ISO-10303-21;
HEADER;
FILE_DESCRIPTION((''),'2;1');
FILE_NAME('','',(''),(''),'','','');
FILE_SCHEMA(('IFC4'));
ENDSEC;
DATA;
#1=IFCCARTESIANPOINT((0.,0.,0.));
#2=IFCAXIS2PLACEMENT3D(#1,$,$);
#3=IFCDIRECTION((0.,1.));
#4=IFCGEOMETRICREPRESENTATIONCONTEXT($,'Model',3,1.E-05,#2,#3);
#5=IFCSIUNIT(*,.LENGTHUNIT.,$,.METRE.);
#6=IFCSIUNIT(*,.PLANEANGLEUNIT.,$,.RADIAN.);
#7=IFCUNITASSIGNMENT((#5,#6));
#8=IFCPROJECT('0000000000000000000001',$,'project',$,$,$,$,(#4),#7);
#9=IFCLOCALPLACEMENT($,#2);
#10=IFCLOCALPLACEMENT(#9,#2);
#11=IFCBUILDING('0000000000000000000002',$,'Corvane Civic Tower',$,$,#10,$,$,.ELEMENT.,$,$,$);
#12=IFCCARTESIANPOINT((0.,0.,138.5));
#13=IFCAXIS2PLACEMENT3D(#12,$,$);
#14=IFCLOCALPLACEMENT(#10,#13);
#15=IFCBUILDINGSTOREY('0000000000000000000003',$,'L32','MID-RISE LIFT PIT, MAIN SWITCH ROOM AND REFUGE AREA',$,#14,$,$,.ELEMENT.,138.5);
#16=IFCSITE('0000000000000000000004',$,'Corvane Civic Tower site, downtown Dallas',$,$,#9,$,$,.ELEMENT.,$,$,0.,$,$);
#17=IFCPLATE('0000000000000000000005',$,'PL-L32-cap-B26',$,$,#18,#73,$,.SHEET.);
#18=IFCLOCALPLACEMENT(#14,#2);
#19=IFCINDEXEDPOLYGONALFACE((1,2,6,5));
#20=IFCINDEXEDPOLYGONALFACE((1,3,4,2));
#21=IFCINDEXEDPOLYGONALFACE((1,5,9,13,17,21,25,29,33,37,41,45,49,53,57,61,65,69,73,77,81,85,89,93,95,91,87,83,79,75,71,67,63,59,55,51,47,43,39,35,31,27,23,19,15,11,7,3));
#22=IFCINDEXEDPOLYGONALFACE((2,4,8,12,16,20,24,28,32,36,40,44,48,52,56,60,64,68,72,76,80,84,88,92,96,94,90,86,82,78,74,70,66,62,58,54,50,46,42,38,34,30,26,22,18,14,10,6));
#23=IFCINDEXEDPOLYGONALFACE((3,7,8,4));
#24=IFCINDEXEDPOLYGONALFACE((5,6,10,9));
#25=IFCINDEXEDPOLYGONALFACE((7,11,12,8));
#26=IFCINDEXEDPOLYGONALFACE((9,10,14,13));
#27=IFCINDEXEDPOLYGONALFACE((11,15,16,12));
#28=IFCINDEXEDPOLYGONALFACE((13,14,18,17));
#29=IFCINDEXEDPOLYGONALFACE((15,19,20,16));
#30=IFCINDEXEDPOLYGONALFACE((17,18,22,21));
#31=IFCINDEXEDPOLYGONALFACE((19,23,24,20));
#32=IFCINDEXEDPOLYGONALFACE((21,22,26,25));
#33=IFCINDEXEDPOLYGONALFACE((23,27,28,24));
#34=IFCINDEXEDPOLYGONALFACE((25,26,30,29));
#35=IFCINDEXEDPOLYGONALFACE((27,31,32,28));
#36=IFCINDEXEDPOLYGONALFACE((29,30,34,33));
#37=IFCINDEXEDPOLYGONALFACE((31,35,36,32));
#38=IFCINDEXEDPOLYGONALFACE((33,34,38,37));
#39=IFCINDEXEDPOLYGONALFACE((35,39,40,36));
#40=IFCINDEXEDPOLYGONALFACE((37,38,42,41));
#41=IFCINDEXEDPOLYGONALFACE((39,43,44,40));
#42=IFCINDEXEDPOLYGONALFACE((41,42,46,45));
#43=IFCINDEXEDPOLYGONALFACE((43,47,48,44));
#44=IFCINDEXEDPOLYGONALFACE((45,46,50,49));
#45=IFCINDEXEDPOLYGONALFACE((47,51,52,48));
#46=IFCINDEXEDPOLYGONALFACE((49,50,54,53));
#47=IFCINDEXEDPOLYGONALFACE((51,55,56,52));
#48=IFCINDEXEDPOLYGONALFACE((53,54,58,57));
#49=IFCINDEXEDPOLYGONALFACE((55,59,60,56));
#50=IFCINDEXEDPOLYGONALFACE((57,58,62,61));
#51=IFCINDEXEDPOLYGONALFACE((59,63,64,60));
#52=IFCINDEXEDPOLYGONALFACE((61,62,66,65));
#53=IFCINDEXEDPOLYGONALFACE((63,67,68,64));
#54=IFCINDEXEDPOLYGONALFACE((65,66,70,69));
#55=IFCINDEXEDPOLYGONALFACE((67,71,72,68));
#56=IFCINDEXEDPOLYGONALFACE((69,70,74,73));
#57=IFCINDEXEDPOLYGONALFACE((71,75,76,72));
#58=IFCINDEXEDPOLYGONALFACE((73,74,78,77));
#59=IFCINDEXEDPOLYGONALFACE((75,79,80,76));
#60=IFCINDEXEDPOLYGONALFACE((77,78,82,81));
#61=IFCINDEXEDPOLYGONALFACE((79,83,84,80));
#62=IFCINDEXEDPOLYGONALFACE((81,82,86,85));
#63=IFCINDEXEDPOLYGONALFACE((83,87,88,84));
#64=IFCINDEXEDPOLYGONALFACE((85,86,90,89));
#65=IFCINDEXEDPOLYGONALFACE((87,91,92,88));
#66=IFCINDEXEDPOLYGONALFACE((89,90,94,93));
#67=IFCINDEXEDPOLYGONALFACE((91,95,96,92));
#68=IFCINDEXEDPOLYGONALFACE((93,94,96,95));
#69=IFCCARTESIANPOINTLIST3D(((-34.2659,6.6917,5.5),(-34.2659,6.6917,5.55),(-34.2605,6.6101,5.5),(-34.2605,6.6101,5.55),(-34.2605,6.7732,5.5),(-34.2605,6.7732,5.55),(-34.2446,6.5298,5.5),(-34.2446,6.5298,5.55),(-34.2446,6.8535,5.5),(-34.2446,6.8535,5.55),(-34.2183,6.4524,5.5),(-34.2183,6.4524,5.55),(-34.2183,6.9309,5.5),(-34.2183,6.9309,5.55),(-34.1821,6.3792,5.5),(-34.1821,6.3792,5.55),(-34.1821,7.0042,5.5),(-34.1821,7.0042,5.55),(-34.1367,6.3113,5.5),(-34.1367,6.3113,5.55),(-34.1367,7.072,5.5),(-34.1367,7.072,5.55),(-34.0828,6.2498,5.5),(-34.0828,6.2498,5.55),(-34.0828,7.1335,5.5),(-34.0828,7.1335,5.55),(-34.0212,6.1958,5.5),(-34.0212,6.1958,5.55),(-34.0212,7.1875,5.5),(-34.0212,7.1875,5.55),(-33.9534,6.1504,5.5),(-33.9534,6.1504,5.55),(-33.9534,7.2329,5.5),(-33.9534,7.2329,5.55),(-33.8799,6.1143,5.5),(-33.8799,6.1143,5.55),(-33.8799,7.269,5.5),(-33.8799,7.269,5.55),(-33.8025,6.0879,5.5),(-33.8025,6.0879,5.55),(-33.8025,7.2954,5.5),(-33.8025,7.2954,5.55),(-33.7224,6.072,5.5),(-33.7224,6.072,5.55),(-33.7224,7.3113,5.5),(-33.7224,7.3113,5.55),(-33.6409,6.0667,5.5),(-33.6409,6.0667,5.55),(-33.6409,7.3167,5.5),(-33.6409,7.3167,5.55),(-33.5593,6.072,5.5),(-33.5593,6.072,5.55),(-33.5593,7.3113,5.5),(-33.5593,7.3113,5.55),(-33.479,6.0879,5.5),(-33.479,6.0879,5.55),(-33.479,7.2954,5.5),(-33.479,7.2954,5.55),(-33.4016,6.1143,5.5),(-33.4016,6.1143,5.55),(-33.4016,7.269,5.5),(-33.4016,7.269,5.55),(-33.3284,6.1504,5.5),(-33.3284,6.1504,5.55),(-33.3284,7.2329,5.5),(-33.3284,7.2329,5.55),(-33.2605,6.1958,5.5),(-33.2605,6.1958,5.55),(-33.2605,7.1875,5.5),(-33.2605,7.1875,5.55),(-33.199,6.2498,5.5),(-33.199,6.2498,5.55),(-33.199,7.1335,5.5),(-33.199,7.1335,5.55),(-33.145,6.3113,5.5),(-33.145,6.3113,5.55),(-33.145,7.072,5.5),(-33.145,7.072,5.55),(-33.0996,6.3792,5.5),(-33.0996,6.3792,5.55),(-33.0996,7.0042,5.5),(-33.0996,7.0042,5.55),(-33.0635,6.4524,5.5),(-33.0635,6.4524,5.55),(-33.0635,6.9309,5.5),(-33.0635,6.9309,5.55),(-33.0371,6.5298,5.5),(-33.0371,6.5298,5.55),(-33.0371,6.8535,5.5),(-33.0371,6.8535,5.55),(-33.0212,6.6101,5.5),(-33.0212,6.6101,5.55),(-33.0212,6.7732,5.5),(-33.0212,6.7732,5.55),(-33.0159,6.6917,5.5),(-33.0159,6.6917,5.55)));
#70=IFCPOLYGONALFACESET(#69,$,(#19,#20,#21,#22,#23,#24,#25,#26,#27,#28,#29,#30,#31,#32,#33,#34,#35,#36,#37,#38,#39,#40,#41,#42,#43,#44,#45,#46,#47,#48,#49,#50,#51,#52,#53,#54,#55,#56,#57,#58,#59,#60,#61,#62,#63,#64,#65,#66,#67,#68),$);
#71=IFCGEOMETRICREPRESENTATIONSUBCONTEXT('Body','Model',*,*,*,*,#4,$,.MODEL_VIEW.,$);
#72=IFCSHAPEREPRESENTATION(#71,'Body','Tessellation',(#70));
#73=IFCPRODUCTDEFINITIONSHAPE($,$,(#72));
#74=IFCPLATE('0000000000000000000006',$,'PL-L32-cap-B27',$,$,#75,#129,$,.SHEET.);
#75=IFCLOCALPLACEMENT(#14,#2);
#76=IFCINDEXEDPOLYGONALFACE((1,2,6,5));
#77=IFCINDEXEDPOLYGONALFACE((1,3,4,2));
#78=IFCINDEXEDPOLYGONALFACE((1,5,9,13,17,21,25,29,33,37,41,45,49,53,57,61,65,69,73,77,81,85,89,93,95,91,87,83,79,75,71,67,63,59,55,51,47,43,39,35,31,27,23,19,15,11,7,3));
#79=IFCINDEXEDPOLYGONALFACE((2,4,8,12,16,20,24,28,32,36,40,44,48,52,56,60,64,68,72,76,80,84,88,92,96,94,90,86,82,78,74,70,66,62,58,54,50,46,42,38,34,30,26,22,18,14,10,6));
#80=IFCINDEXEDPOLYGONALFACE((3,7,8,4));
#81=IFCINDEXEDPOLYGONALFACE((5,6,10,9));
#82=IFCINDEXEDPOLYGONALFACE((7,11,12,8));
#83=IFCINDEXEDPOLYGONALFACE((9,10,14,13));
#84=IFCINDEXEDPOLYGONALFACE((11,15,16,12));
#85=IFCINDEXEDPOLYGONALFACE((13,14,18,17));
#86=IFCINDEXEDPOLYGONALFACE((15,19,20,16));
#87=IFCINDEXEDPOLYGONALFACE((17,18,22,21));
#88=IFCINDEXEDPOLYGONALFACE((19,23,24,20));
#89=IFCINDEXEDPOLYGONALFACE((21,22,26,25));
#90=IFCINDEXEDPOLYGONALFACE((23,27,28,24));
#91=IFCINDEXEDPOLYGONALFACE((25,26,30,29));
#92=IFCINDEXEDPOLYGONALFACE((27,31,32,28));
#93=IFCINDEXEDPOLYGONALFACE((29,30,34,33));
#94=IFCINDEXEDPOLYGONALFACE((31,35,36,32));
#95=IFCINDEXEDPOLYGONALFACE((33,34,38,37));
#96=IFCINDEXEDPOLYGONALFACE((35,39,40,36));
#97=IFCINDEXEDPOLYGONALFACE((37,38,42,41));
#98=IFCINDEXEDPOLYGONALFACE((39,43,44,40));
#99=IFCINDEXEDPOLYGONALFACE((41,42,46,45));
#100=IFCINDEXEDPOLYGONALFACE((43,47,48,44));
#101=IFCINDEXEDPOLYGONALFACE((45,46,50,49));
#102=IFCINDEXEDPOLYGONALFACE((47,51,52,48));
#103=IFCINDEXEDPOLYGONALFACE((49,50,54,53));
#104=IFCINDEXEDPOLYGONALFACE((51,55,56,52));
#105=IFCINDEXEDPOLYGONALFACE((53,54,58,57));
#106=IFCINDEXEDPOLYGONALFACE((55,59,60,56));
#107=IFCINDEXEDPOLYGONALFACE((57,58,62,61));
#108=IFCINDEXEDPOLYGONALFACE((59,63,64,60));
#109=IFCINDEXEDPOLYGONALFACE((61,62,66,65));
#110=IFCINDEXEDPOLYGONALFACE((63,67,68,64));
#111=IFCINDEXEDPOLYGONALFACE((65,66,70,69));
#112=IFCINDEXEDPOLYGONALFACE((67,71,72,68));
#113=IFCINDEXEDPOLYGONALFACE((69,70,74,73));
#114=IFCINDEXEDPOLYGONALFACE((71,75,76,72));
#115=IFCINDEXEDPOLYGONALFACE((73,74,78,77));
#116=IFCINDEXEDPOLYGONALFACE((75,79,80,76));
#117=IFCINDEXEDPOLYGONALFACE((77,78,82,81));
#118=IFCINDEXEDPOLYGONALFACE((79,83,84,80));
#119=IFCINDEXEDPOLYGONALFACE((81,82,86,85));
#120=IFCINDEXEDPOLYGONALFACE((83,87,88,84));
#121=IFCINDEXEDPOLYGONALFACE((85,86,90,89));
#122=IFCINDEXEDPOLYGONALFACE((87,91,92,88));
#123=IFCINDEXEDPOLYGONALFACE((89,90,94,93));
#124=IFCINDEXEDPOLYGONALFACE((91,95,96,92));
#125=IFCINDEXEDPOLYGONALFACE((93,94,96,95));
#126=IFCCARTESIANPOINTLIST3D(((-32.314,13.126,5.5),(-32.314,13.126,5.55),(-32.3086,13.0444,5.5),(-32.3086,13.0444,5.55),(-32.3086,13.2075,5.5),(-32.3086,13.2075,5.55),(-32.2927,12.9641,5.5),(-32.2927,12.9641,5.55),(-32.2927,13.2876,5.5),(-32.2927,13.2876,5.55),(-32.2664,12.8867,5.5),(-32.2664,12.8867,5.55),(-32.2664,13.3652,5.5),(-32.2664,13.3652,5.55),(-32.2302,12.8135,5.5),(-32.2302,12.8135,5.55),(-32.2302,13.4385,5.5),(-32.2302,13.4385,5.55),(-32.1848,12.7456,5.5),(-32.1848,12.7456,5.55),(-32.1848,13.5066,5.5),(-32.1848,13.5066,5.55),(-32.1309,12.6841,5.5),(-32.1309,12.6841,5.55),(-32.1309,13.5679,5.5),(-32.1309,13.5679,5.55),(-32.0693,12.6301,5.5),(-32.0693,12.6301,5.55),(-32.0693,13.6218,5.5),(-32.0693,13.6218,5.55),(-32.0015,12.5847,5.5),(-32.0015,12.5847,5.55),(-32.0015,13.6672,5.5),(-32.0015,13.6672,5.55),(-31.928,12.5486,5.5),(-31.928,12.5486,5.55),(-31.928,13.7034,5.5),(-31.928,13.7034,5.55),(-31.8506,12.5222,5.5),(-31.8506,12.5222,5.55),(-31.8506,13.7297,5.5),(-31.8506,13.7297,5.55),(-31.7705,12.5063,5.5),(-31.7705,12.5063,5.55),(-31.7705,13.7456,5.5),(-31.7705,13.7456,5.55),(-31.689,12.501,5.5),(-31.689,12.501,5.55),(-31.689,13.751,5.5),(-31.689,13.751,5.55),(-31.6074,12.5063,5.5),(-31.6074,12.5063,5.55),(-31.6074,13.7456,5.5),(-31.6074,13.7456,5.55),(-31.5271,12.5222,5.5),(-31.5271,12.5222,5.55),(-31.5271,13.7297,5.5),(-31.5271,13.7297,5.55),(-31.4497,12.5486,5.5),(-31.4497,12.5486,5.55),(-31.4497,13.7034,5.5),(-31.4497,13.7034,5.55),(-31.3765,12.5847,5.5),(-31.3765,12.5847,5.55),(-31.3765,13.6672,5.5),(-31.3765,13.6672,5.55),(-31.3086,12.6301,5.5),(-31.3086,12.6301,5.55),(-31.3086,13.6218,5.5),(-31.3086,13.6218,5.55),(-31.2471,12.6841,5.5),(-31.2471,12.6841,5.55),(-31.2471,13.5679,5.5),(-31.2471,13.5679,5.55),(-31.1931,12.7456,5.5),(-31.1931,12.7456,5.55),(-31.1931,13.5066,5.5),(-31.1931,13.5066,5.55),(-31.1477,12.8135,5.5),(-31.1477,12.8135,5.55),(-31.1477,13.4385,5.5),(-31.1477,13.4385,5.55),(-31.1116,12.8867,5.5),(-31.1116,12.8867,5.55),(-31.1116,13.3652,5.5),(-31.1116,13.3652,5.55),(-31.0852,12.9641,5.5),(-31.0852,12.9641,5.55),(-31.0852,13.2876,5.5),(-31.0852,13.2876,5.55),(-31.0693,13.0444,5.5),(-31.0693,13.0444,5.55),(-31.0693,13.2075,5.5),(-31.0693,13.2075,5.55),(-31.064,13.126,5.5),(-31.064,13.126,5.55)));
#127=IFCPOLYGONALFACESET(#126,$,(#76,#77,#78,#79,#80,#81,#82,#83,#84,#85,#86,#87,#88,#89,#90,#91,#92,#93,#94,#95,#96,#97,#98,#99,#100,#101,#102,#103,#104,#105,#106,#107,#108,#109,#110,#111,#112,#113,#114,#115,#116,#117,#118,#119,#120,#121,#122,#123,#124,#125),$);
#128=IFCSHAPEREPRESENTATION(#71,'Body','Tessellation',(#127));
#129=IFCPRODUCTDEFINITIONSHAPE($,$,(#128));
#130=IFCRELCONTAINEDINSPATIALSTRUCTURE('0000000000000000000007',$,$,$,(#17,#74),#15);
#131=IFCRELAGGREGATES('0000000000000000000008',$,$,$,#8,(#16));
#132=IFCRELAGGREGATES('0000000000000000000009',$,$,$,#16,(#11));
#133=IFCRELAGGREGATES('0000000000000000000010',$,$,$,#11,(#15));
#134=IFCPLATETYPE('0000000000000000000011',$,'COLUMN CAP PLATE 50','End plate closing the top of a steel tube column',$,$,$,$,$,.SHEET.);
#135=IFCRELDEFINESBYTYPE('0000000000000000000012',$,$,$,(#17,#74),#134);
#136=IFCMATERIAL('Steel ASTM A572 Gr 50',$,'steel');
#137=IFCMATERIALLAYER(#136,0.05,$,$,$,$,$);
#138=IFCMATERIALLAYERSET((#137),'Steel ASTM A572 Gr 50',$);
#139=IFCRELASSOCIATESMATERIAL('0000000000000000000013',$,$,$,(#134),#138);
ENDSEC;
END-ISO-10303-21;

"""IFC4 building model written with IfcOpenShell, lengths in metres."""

from ifc_helpers import new_model, si_unit, direction, frame, origin, place, context, subcontext, project, spatial, polyline, outline, extrude, material, layer, layer_set, type_object, element, save


model = new_model("IFC4")

# Units and contexts
model_context = context("Model", 3, precision=1e-05, world=origin(), true_north=direction((0.0, 1.0)))
body_context = subcontext(model_context, "Body", "Model", "MODEL_VIEW")
ifc_project = project(units=[si_unit("LENGTHUNIT", "METRE"), si_unit("PLANEANGLEUNIT", "RADIAN")], contexts=[model_context])

# Site, building, storey
site_placement = place(None, origin())
site = spatial("IfcSite", under=ifc_project, at=site_placement, Name="Corvane Civic Tower site, downtown Dallas", CompositionType="ELEMENT", RefElevation=0.0)
building_placement = place(site_placement, origin())
building = spatial("IfcBuilding", under=site, at=building_placement, Name="Corvane Civic Tower", CompositionType="ELEMENT")
storey_placement = place(building_placement, frame((0.0, 0.0, 138.5)))
storey = spatial("IfcBuildingStorey", under=building, at=storey_placement, Name="L32", Description="MID-RISE LIFT PIT, MAIN SWITCH ROOM AND REFUGE AREA", CompositionType="ELEMENT", Elevation=138.5)

# Plates
ifc_material_1 = material(Name="Steel ASTM A572 Gr 50", Category="steel")
ifc_layer_1 = layer(ifc_material_1, 0.05)
ifc_layer_set_1 = layer_set([ifc_layer_1], Name="Steel ASTM A572 Gr 50")
plate_type = type_object("IfcPlateType", Name="COLUMN CAP PLATE 50", Description="End plate closing the top of a steel tube column", PredefinedType="SHEET", material=ifc_layer_set_1)
plate_1_placement = place(storey_placement, frame((0.0, 0.0, 5.5)))
element("IfcPlate", 1, at=plate_1_placement, inside=storey, type_object=plate_type, Name="PL-L32-cap-B26", PredefinedType="SHEET", context=body_context, shape_type="SweptSolid", body=[
    extrude(outline(polyline([(-33.0159, 6.6917), (-33.0212, 6.7732), (-33.0371, 6.8535), (-33.0635, 6.9309), (-33.0996, 7.0042), (-33.145, 7.072), (-33.199, 7.1335), (-33.2605, 7.1875), (-33.3284, 7.2329), (-33.4016, 7.269), (-33.479, 7.2954), (-33.5593, 7.3113), (-33.6409, 7.3167), (-33.7224, 7.3113), (-33.8025, 7.2954), (-33.8799, 7.269), (-33.9534, 7.2329), (-34.0212, 7.1875), (-34.0828, 7.1335), (-34.1367, 7.072), (-34.1821, 7.0042), (-34.2183, 6.9309), (-34.2446, 6.8535), (-34.2605, 6.7732), (-34.2659, 6.6917), (-34.2605, 6.6101), (-34.2446, 6.5298), (-34.2183, 6.4524), (-34.1821, 6.3792), (-34.1367, 6.3113), (-34.0828, 6.2498), (-34.0212, 6.1958), (-33.9534, 6.1504), (-33.8799, 6.1143), (-33.8025, 6.0879), (-33.7224, 6.072), (-33.6409, 6.0667), (-33.5593, 6.072), (-33.479, 6.0879), (-33.4016, 6.1143), (-33.3284, 6.1504), (-33.2605, 6.1958), (-33.199, 6.2498), (-33.145, 6.3113), (-33.0996, 6.3792), (-33.0635, 6.4524), (-33.0371, 6.5298), (-33.0212, 6.6101), (-33.0159, 6.6917)])), origin(), (0.0, 0.0, 1.0), 0.05),
])
plate_2_placement = place(storey_placement, frame((0.0, 0.0, 5.5)))
element("IfcPlate", 2, at=plate_2_placement, inside=storey, type_object=plate_type, Name="PL-L32-cap-B27", PredefinedType="SHEET", context=body_context, shape_type="SweptSolid", body=[
    extrude(outline(polyline([(-31.064, 13.126), (-31.0693, 13.2075), (-31.0852, 13.2876), (-31.1116, 13.3652), (-31.1477, 13.4385), (-31.1931, 13.5066), (-31.2471, 13.5679), (-31.3086, 13.6218), (-31.3765, 13.6672), (-31.4497, 13.7034), (-31.5271, 13.7297), (-31.6074, 13.7456), (-31.689, 13.751), (-31.7705, 13.7456), (-31.8506, 13.7297), (-31.928, 13.7034), (-32.0015, 13.6672), (-32.0693, 13.6218), (-32.1309, 13.5679), (-32.1848, 13.5066), (-32.2302, 13.4385), (-32.2664, 13.3652), (-32.2927, 13.2876), (-32.3086, 13.2075), (-32.314, 13.126), (-32.3086, 13.0444), (-32.2927, 12.9641), (-32.2664, 12.8867), (-32.2302, 12.8135), (-32.1848, 12.7456), (-32.1309, 12.6841), (-32.0693, 12.6301), (-32.0015, 12.5847), (-31.928, 12.5486), (-31.8506, 12.5222), (-31.7705, 12.5063), (-31.689, 12.501), (-31.6074, 12.5063), (-31.5271, 12.5222), (-31.4497, 12.5486), (-31.3765, 12.5847), (-31.3086, 12.6301), (-31.2471, 12.6841), (-31.1931, 12.7456), (-31.1477, 12.8135), (-31.1116, 12.8867), (-31.0852, 12.9641), (-31.0693, 13.0444), (-31.064, 13.126)])), origin(), (0.0, 0.0, 1.0), 0.05),
])

save(model, "model.ifc")
